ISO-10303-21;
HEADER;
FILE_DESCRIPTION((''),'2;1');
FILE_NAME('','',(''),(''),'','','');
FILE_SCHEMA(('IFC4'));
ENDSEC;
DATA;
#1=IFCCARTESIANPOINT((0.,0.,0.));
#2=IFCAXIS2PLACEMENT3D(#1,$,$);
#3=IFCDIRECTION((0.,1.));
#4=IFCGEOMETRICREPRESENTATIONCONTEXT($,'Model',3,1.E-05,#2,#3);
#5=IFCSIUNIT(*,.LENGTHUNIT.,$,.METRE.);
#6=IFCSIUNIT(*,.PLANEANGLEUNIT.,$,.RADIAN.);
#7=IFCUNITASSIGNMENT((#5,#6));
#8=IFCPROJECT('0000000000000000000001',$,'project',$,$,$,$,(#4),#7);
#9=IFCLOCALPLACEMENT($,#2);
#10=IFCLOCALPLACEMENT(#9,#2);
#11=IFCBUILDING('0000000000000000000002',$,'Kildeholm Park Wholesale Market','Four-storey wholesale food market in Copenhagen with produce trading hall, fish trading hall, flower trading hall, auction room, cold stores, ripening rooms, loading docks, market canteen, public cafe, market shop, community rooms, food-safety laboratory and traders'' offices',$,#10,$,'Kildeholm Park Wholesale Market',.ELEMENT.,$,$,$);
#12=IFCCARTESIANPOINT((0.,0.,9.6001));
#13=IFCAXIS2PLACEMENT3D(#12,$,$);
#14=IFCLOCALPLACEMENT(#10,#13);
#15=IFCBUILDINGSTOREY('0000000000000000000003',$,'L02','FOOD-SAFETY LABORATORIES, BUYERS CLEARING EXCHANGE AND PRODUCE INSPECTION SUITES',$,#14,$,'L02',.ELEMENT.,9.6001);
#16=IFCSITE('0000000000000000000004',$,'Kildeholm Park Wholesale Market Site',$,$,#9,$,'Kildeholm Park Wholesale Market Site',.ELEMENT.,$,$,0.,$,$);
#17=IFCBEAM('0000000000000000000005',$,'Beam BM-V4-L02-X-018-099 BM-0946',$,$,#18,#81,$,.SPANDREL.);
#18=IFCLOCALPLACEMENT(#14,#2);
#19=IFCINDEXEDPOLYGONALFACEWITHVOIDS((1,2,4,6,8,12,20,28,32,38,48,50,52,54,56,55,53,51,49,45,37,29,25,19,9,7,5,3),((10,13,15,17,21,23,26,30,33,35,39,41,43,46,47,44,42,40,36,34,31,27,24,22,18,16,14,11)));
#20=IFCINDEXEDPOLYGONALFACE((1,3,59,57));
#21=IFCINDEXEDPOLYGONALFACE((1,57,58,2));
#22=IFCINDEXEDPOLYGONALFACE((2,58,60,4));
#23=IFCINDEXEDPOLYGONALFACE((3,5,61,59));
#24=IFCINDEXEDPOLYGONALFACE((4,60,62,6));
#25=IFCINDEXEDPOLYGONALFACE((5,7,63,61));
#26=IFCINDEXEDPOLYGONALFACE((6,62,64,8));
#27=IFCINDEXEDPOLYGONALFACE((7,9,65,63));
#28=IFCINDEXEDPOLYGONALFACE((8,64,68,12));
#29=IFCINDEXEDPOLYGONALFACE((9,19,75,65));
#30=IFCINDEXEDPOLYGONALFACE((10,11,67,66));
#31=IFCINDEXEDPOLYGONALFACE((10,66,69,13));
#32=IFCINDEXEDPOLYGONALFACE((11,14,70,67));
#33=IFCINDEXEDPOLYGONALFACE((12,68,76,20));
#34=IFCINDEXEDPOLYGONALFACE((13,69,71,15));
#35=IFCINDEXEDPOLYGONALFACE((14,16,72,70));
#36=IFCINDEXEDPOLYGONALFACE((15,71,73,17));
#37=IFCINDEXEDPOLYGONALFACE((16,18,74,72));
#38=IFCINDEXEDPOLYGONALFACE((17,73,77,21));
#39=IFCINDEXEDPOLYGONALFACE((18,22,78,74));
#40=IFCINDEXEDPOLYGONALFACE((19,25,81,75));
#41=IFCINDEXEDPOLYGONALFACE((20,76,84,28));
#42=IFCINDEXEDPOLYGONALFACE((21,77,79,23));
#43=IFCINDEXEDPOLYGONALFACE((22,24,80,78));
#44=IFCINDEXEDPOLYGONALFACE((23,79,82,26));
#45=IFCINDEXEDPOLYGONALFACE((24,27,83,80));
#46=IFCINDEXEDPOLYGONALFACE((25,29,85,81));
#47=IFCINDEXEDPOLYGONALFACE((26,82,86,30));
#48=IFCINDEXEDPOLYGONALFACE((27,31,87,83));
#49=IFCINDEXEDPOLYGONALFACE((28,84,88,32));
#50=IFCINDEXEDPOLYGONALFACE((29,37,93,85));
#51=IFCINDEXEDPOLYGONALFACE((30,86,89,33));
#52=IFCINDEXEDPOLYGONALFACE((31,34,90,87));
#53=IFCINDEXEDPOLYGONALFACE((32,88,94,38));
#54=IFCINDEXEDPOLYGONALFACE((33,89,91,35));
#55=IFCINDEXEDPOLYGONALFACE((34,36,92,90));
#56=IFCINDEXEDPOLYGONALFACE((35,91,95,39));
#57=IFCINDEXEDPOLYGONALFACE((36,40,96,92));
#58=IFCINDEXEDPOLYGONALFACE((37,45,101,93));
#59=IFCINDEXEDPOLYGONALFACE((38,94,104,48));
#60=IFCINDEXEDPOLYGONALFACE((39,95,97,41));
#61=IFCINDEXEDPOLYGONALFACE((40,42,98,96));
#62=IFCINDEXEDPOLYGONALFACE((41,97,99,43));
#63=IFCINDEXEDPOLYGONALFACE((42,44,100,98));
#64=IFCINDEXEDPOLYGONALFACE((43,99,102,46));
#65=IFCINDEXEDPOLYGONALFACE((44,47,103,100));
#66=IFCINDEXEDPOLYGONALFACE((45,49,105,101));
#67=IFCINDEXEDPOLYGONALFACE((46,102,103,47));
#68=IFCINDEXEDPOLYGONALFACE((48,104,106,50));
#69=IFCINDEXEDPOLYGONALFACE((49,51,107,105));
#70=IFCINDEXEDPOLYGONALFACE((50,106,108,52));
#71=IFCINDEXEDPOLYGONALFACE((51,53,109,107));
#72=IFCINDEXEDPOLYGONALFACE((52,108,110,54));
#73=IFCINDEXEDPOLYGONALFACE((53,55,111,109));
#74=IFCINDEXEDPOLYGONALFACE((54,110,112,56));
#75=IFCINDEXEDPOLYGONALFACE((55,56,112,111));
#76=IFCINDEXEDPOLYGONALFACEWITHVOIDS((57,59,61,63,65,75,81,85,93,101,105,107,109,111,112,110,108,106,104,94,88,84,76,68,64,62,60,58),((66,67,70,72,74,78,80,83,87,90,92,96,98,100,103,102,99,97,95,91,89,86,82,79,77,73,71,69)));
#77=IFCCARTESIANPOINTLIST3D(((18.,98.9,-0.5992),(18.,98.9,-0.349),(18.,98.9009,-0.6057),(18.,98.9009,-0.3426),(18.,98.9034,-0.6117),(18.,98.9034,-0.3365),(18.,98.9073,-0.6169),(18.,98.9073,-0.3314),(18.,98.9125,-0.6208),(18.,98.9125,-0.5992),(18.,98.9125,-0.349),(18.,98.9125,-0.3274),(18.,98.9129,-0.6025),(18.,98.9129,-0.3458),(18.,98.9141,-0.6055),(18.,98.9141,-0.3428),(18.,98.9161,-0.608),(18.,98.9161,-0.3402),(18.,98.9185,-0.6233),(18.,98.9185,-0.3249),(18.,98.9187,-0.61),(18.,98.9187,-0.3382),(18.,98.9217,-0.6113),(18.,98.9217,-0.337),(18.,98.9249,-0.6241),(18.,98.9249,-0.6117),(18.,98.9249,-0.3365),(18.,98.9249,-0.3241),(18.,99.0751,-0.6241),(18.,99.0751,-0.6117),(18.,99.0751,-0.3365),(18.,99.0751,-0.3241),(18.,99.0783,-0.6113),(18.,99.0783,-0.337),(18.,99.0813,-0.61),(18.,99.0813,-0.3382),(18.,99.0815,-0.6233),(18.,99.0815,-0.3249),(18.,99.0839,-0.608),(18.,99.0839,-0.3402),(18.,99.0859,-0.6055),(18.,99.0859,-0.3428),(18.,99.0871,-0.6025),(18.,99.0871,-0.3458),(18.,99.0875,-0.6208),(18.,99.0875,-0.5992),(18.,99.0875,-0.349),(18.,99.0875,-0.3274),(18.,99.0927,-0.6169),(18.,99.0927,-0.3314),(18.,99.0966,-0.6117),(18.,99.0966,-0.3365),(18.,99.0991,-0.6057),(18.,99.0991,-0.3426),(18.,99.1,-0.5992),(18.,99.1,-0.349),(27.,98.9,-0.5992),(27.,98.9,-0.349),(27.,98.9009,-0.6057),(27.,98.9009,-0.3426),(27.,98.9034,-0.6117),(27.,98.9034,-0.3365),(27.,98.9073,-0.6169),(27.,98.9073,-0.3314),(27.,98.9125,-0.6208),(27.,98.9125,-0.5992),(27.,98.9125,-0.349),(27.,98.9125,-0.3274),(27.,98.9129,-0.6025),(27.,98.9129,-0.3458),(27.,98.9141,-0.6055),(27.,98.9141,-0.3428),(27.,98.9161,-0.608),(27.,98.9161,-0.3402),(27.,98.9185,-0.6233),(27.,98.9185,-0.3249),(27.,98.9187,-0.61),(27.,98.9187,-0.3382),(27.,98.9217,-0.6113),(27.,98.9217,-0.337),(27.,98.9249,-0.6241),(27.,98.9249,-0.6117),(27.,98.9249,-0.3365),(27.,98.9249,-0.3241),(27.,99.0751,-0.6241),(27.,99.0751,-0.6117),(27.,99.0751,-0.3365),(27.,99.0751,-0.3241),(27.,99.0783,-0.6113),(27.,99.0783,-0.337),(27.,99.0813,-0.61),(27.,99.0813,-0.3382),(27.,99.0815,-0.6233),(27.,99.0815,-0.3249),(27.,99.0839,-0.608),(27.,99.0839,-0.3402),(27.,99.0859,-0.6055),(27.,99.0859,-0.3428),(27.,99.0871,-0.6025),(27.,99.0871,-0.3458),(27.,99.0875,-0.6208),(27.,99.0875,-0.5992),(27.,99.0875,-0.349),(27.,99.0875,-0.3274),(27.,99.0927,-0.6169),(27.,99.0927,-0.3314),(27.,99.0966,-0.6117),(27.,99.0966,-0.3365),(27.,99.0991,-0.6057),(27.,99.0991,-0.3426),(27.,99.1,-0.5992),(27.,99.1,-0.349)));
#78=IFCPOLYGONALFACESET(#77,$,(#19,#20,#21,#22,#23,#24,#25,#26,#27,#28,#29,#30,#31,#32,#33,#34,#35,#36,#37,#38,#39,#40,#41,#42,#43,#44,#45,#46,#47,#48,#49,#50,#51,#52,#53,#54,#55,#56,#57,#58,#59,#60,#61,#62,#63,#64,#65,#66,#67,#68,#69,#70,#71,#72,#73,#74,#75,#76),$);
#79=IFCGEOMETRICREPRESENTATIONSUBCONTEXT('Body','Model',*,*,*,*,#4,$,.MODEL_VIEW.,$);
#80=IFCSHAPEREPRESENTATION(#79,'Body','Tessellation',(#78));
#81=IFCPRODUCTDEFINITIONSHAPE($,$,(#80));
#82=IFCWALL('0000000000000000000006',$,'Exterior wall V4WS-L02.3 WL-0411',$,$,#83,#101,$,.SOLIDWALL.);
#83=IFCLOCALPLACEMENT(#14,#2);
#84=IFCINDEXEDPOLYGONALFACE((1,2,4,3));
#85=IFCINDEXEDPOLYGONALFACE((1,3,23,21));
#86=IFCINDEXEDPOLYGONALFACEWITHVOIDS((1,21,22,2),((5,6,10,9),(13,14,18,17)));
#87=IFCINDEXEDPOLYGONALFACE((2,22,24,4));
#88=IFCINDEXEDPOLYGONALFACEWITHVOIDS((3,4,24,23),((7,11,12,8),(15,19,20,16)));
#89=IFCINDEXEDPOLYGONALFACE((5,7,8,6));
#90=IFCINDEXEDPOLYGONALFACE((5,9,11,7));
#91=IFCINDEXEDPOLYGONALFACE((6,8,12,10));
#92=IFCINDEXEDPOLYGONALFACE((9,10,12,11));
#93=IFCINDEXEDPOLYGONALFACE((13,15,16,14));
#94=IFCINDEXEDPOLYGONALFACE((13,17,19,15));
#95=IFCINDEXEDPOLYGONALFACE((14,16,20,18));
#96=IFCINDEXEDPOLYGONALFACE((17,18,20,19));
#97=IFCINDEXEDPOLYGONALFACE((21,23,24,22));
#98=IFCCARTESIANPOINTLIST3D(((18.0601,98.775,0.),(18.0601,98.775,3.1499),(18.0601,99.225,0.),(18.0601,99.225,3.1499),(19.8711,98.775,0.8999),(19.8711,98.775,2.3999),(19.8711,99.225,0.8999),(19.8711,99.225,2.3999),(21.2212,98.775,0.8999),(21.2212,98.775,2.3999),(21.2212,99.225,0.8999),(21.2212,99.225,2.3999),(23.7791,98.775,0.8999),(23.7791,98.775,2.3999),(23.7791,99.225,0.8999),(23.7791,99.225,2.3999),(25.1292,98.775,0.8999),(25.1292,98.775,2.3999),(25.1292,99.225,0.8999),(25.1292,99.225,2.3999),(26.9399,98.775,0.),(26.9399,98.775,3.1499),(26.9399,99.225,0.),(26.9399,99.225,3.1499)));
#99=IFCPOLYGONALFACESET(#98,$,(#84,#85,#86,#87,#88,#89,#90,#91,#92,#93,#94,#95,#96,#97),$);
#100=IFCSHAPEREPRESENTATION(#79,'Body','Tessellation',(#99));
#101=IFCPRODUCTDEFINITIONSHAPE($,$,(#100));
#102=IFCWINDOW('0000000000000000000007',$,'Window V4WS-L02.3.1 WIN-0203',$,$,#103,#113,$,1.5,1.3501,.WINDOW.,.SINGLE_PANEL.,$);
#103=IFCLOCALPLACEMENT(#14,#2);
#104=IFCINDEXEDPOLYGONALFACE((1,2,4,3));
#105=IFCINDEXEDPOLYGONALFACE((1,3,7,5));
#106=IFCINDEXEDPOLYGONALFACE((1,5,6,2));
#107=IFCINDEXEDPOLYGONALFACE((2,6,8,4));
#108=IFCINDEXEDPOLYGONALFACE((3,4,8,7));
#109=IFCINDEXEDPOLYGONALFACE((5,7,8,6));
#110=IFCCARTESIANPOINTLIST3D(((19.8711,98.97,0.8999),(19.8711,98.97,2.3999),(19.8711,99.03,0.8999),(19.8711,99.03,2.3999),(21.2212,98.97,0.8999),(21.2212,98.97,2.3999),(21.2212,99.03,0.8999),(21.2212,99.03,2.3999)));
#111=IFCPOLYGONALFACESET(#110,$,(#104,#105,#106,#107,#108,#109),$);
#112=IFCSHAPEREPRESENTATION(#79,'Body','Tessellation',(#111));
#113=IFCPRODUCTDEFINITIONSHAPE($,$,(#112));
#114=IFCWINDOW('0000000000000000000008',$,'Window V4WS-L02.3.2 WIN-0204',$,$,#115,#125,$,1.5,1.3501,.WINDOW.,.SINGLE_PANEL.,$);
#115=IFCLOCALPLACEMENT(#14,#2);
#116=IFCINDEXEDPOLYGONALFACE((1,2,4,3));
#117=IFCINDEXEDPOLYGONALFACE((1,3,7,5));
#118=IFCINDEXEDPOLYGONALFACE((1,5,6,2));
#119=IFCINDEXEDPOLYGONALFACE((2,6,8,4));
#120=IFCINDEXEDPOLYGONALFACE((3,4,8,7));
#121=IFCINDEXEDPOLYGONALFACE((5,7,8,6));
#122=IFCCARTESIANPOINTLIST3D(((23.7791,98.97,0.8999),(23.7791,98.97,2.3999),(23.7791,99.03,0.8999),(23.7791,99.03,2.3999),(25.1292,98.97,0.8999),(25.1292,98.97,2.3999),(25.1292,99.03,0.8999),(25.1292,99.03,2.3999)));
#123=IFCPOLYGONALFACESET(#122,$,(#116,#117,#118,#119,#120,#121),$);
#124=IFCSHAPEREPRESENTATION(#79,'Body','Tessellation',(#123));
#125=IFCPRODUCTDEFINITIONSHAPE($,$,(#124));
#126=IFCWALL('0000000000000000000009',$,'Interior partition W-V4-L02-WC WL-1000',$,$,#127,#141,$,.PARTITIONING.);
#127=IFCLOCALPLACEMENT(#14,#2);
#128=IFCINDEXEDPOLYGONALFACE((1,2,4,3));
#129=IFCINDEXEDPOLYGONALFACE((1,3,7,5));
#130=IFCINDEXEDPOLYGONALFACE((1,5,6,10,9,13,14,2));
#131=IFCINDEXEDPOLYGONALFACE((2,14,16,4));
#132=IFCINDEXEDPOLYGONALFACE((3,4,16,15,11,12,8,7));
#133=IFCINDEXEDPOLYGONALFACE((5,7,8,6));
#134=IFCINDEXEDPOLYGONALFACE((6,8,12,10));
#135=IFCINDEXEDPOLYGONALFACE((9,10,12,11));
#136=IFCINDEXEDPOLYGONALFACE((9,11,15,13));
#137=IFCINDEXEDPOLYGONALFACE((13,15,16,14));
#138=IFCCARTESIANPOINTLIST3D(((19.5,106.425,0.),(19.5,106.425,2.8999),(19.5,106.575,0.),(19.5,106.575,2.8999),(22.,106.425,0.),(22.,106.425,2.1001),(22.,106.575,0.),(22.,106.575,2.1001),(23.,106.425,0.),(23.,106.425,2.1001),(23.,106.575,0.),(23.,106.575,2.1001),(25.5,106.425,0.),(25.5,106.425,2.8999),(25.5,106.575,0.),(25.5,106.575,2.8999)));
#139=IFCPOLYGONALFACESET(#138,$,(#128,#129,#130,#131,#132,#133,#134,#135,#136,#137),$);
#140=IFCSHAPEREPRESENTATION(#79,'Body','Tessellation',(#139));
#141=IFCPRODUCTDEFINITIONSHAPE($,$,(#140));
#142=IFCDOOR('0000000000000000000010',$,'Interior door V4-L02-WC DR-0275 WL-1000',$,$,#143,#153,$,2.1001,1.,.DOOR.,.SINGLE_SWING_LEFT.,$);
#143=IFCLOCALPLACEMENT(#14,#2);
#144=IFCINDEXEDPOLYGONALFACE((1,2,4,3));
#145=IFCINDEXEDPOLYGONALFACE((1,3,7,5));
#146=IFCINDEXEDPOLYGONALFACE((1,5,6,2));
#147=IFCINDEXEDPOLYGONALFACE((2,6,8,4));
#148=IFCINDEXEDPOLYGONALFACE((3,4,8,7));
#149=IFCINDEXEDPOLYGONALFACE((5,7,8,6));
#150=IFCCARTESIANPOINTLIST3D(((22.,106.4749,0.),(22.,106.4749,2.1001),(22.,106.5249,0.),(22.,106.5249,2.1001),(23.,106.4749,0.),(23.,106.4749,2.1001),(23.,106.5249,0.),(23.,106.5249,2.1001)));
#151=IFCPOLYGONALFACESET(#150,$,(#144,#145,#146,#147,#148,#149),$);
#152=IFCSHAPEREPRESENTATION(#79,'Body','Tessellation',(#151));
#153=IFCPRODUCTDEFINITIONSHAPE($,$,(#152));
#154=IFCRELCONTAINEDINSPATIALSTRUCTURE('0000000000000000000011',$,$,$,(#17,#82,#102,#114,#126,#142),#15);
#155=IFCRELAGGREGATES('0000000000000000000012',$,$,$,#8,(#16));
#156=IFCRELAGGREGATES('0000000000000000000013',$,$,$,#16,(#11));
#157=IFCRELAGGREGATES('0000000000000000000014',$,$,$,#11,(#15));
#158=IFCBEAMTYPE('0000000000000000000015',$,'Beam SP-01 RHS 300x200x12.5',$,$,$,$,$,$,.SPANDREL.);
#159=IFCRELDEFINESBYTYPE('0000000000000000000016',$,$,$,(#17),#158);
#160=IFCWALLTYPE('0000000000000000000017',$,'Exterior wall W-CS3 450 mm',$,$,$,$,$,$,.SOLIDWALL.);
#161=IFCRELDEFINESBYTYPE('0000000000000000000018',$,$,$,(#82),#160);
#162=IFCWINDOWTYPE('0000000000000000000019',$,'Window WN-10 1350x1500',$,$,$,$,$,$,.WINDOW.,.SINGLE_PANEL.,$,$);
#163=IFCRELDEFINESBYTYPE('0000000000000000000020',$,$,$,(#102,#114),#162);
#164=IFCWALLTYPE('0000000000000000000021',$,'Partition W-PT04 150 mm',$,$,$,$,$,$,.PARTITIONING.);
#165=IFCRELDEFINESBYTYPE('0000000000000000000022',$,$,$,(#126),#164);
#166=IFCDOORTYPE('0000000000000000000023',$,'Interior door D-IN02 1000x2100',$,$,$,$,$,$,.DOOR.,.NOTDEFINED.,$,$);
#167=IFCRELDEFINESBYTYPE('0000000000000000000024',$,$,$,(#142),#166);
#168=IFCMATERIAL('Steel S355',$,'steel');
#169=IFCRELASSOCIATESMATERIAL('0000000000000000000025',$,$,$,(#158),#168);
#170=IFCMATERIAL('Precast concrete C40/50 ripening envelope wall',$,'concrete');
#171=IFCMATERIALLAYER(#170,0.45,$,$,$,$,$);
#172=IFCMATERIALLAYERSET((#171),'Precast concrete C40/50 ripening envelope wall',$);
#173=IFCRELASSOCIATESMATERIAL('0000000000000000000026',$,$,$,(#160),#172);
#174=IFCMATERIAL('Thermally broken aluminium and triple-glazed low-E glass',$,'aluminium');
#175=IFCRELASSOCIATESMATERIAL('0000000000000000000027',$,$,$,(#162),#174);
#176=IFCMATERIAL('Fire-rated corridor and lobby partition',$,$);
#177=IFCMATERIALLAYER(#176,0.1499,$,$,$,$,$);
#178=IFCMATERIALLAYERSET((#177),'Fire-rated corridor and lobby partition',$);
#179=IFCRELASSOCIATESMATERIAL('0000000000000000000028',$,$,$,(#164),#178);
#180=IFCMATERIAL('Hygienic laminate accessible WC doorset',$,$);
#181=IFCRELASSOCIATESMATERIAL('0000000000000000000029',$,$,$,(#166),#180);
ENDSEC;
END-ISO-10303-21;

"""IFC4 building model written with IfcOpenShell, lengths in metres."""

from ifc_helpers import new_model, si_unit, direction, frame, frame_2d, origin, origin_2d, place, context, subcontext, project, spatial, rectangle, hollow_rectangle, extrude, material, layer, layer_set, material_profile, profile_set, type_object, element, fill, save


model = new_model("IFC4")

# Units and contexts
model_context = context("Model", 3, precision=1e-05, world=origin(), true_north=direction((0.0, 1.0)))
body_context = subcontext(model_context, "Body", "Model", "MODEL_VIEW")
ifc_project = project(units=[si_unit("LENGTHUNIT", "METRE"), si_unit("PLANEANGLEUNIT", "RADIAN")], contexts=[model_context])

# Site, building, storey
site_placement = place(None, origin())
site = spatial("IfcSite", under=ifc_project, at=site_placement, Name="Kildeholm Park Wholesale Market Site", LongName="Kildeholm Park Wholesale Market Site", CompositionType="ELEMENT", RefElevation=0.0)
building_placement = place(site_placement, origin())
building = spatial("IfcBuilding", under=site, at=building_placement, Name="Kildeholm Park Wholesale Market", Description="Four-storey wholesale food market in Copenhagen with produce trading hall, fish trading hall, flower trading hall, auction room, cold stores, ripening rooms, loading docks, market canteen, public cafe, market shop, community rooms, food-safety laboratory and traders' offices", LongName="Kildeholm Park Wholesale Market", CompositionType="ELEMENT")
storey_placement = place(building_placement, frame((0.0, 0.0, 9.6001)))
storey = spatial("IfcBuildingStorey", under=building, at=storey_placement, Name="L02", Description="FOOD-SAFETY LABORATORIES, BUYERS CLEARING EXCHANGE AND PRODUCE INSPECTION SUITES", LongName="L02", CompositionType="ELEMENT", Elevation=9.6001)

# Beam
ifc_material_1 = material(Name="Steel S355", Category="steel")
ifc_material_profile_1 = material_profile(ifc_material_1, hollow_rectangle(XDim=0.2, YDim=0.3, WallThickness=0.0125, InnerFilletRadius=0.0125, OuterFilletRadius=0.0249, at=origin_2d()), Name="RHS 300x200x12.5")
ifc_profile_set_1 = profile_set([ifc_material_profile_1], Name="Steel S355")
beam_type_1 = type_object("IfcBeamType", Name="Beam SP-01 RHS 300x200x12.5", PredefinedType="SPANDREL", material=ifc_profile_set_1)
beam_1_placement = place(storey_placement, frame((18.0, 99.0, -0.4741), z_axis=(1.0, 0.0, 0.0), x_axis=(0.0, 1.0, 0.0)))
element("IfcBeam", 1, at=beam_1_placement, inside=storey, type_object=beam_type_1, Name="Beam BM-V4-L02-X-018-099 BM-0946", PredefinedType="SPANDREL", context=body_context, shape_type="SweptSolid", body=[
    extrude(hollow_rectangle(XDim=0.2, YDim=0.3, WallThickness=0.0125, InnerFilletRadius=0.0125, OuterFilletRadius=0.0249, at=origin_2d()), origin(), (0.0, 0.0, 1.0), 9.0),
])

# Wall, openings, windows
ifc_material_2 = material(Name="Precast concrete C40/50 ripening envelope wall", Category="concrete")
ifc_layer_1 = layer(ifc_material_2, 0.45)
ifc_layer_set_1 = layer_set([ifc_layer_1], Name="Precast concrete C40/50 ripening envelope wall")
wall_type_1 = type_object("IfcWallType", Name="Exterior wall W-CS3 450 mm", PredefinedType="SOLIDWALL", material=ifc_layer_set_1)
wall_1_placement = place(storey_placement, frame((18.0601, 99.0, 0.0), z_axis=(0.0, 0.0, 1.0), x_axis=(1.0, 0.0, 0.0)))
wall_1 = element("IfcWall", 2, at=wall_1_placement, inside=storey, type_object=wall_type_1, Name="Exterior wall V4WS-L02.3 WL-0411", PredefinedType="SOLIDWALL", context=body_context, shape_type="SweptSolid", body=[
    extrude(rectangle(XDim=8.8799, YDim=0.45, at=frame_2d((4.4399, 0.0))), origin(), (0.0, 0.0, 1.0), 3.1499),
])
opening_1_placement = place(wall_1_placement, frame((1.811, 0.0, 0.8999)))
opening_1 = element("IfcOpeningElement", 3, at=opening_1_placement, cuts=wall_1, PredefinedType="OPENING", context=body_context, shape_type="SweptSolid", body=[
    extrude(rectangle(XDim=1.3501, YDim=1.5, at=frame_2d((0.675, 0.75))), frame((0.0, 0.2349, 0.0), z_axis=(0.0, -1.0, 0.0), x_axis=(1.0, 0.0, 0.0)), (0.0, 0.0, 1.0), 0.47),
])
opening_2_placement = place(wall_1_placement, frame((5.719, 0.0, 0.8999)))
opening_2 = element("IfcOpeningElement", 4, at=opening_2_placement, cuts=wall_1, PredefinedType="OPENING", context=body_context, shape_type="SweptSolid", body=[
    extrude(rectangle(XDim=1.3501, YDim=1.5, at=frame_2d((0.675, 0.75))), frame((0.0, 0.2349, 0.0), z_axis=(0.0, -1.0, 0.0), x_axis=(1.0, 0.0, 0.0)), (0.0, 0.0, 1.0), 0.47),
])
ifc_material_3 = material(Name="Thermally broken aluminium and triple-glazed low-E glass", Category="aluminium")
window_type = type_object("IfcWindowType", Name="Window WN-10 1350x1500", PartitioningType="SINGLE_PANEL", PredefinedType="WINDOW", material=ifc_material_3)
window_1_placement = place(opening_1_placement, origin())
window_1 = element("IfcWindow", 5, at=window_1_placement, inside=storey, type_object=window_type, Name="Window V4WS-L02.3.1 WIN-0203", OverallHeight=1.5, OverallWidth=1.3501, PartitioningType="SINGLE_PANEL", PredefinedType="WINDOW", context=body_context, shape_type="SweptSolid", body=[
    extrude(rectangle(XDim=1.3501, YDim=1.5, at=frame_2d((0.675, 0.75))), frame((0.0, 0.03, 0.0), z_axis=(0.0, -1.0, 0.0), x_axis=(1.0, 0.0, 0.0)), (0.0, 0.0, 1.0), 0.0601),
])
fill(opening_1, window_1)
window_2_placement = place(opening_2_placement, origin())
window_2 = element("IfcWindow", 6, at=window_2_placement, inside=storey, type_object=window_type, Name="Window V4WS-L02.3.2 WIN-0204", OverallHeight=1.5, OverallWidth=1.3501, PartitioningType="SINGLE_PANEL", PredefinedType="WINDOW", context=body_context, shape_type="SweptSolid", body=[
    extrude(rectangle(XDim=1.3501, YDim=1.5, at=frame_2d((0.675, 0.75))), frame((0.0, 0.03, 0.0), z_axis=(0.0, -1.0, 0.0), x_axis=(1.0, 0.0, 0.0)), (0.0, 0.0, 1.0), 0.0601),
])
fill(opening_2, window_2)

# Wall, opening, door
ifc_material_4 = material(Name="Fire-rated corridor and lobby partition")
ifc_layer_2 = layer(ifc_material_4, 0.1499)
ifc_layer_set_2 = layer_set([ifc_layer_2], Name="Fire-rated corridor and lobby partition")
wall_type_2 = type_object("IfcWallType", Name="Partition W-PT04 150 mm", PredefinedType="PARTITIONING", material=ifc_layer_set_2)
wall_2_placement = place(storey_placement, frame((19.5, 106.5, 0.0), z_axis=(0.0, 0.0, 1.0), x_axis=(1.0, 0.0, 0.0)))
wall_2 = element("IfcWall", 7, at=wall_2_placement, inside=storey, type_object=wall_type_2, Name="Interior partition W-V4-L02-WC WL-1000", PredefinedType="PARTITIONING", context=body_context, shape_type="SweptSolid", body=[
    extrude(rectangle(XDim=6.0, YDim=0.1499, at=frame_2d((3.0, 0.0))), origin(), (0.0, 0.0, 1.0), 2.8999),
])
opening_3_placement = place(wall_2_placement, frame((2.5, 0.0, 0.0)))
opening_3 = element("IfcOpeningElement", 8, at=opening_3_placement, cuts=wall_2, PredefinedType="OPENING", context=body_context, shape_type="SweptSolid", body=[
    extrude(rectangle(XDim=1.0, YDim=2.1001, at=frame_2d((0.5, 1.05))), frame((0.0, 0.085, 0.0), z_axis=(0.0, -1.0, 0.0), x_axis=(1.0, 0.0, 0.0)), (0.0, 0.0, 1.0), 0.1699),
])
ifc_material_5 = material(Name="Hygienic laminate accessible WC doorset")
door_type_1 = type_object("IfcDoorType", Name="Interior door D-IN02 1000x2100", OperationType="NOTDEFINED", PredefinedType="DOOR", material=ifc_material_5)
door_1_placement = place(opening_3_placement, origin())
door_1 = element("IfcDoor", 9, at=door_1_placement, inside=storey, type_object=door_type_1, Name="Interior door V4-L02-WC DR-0275 WL-1000", OperationType="SINGLE_SWING_LEFT", OverallHeight=2.1001, OverallWidth=1.0, PredefinedType="DOOR", context=body_context, shape_type="SweptSolid", body=[
    extrude(rectangle(XDim=1.0, YDim=2.1001, at=frame_2d((0.5, 1.05))), frame((0.0, 0.0249, 0.0), z_axis=(0.0, -1.0, 0.0), x_axis=(1.0, 0.0, 0.0)), (0.0, 0.0, 1.0), 0.05),
])
fill(opening_3, door_1)

save(model, "model.ifc")
